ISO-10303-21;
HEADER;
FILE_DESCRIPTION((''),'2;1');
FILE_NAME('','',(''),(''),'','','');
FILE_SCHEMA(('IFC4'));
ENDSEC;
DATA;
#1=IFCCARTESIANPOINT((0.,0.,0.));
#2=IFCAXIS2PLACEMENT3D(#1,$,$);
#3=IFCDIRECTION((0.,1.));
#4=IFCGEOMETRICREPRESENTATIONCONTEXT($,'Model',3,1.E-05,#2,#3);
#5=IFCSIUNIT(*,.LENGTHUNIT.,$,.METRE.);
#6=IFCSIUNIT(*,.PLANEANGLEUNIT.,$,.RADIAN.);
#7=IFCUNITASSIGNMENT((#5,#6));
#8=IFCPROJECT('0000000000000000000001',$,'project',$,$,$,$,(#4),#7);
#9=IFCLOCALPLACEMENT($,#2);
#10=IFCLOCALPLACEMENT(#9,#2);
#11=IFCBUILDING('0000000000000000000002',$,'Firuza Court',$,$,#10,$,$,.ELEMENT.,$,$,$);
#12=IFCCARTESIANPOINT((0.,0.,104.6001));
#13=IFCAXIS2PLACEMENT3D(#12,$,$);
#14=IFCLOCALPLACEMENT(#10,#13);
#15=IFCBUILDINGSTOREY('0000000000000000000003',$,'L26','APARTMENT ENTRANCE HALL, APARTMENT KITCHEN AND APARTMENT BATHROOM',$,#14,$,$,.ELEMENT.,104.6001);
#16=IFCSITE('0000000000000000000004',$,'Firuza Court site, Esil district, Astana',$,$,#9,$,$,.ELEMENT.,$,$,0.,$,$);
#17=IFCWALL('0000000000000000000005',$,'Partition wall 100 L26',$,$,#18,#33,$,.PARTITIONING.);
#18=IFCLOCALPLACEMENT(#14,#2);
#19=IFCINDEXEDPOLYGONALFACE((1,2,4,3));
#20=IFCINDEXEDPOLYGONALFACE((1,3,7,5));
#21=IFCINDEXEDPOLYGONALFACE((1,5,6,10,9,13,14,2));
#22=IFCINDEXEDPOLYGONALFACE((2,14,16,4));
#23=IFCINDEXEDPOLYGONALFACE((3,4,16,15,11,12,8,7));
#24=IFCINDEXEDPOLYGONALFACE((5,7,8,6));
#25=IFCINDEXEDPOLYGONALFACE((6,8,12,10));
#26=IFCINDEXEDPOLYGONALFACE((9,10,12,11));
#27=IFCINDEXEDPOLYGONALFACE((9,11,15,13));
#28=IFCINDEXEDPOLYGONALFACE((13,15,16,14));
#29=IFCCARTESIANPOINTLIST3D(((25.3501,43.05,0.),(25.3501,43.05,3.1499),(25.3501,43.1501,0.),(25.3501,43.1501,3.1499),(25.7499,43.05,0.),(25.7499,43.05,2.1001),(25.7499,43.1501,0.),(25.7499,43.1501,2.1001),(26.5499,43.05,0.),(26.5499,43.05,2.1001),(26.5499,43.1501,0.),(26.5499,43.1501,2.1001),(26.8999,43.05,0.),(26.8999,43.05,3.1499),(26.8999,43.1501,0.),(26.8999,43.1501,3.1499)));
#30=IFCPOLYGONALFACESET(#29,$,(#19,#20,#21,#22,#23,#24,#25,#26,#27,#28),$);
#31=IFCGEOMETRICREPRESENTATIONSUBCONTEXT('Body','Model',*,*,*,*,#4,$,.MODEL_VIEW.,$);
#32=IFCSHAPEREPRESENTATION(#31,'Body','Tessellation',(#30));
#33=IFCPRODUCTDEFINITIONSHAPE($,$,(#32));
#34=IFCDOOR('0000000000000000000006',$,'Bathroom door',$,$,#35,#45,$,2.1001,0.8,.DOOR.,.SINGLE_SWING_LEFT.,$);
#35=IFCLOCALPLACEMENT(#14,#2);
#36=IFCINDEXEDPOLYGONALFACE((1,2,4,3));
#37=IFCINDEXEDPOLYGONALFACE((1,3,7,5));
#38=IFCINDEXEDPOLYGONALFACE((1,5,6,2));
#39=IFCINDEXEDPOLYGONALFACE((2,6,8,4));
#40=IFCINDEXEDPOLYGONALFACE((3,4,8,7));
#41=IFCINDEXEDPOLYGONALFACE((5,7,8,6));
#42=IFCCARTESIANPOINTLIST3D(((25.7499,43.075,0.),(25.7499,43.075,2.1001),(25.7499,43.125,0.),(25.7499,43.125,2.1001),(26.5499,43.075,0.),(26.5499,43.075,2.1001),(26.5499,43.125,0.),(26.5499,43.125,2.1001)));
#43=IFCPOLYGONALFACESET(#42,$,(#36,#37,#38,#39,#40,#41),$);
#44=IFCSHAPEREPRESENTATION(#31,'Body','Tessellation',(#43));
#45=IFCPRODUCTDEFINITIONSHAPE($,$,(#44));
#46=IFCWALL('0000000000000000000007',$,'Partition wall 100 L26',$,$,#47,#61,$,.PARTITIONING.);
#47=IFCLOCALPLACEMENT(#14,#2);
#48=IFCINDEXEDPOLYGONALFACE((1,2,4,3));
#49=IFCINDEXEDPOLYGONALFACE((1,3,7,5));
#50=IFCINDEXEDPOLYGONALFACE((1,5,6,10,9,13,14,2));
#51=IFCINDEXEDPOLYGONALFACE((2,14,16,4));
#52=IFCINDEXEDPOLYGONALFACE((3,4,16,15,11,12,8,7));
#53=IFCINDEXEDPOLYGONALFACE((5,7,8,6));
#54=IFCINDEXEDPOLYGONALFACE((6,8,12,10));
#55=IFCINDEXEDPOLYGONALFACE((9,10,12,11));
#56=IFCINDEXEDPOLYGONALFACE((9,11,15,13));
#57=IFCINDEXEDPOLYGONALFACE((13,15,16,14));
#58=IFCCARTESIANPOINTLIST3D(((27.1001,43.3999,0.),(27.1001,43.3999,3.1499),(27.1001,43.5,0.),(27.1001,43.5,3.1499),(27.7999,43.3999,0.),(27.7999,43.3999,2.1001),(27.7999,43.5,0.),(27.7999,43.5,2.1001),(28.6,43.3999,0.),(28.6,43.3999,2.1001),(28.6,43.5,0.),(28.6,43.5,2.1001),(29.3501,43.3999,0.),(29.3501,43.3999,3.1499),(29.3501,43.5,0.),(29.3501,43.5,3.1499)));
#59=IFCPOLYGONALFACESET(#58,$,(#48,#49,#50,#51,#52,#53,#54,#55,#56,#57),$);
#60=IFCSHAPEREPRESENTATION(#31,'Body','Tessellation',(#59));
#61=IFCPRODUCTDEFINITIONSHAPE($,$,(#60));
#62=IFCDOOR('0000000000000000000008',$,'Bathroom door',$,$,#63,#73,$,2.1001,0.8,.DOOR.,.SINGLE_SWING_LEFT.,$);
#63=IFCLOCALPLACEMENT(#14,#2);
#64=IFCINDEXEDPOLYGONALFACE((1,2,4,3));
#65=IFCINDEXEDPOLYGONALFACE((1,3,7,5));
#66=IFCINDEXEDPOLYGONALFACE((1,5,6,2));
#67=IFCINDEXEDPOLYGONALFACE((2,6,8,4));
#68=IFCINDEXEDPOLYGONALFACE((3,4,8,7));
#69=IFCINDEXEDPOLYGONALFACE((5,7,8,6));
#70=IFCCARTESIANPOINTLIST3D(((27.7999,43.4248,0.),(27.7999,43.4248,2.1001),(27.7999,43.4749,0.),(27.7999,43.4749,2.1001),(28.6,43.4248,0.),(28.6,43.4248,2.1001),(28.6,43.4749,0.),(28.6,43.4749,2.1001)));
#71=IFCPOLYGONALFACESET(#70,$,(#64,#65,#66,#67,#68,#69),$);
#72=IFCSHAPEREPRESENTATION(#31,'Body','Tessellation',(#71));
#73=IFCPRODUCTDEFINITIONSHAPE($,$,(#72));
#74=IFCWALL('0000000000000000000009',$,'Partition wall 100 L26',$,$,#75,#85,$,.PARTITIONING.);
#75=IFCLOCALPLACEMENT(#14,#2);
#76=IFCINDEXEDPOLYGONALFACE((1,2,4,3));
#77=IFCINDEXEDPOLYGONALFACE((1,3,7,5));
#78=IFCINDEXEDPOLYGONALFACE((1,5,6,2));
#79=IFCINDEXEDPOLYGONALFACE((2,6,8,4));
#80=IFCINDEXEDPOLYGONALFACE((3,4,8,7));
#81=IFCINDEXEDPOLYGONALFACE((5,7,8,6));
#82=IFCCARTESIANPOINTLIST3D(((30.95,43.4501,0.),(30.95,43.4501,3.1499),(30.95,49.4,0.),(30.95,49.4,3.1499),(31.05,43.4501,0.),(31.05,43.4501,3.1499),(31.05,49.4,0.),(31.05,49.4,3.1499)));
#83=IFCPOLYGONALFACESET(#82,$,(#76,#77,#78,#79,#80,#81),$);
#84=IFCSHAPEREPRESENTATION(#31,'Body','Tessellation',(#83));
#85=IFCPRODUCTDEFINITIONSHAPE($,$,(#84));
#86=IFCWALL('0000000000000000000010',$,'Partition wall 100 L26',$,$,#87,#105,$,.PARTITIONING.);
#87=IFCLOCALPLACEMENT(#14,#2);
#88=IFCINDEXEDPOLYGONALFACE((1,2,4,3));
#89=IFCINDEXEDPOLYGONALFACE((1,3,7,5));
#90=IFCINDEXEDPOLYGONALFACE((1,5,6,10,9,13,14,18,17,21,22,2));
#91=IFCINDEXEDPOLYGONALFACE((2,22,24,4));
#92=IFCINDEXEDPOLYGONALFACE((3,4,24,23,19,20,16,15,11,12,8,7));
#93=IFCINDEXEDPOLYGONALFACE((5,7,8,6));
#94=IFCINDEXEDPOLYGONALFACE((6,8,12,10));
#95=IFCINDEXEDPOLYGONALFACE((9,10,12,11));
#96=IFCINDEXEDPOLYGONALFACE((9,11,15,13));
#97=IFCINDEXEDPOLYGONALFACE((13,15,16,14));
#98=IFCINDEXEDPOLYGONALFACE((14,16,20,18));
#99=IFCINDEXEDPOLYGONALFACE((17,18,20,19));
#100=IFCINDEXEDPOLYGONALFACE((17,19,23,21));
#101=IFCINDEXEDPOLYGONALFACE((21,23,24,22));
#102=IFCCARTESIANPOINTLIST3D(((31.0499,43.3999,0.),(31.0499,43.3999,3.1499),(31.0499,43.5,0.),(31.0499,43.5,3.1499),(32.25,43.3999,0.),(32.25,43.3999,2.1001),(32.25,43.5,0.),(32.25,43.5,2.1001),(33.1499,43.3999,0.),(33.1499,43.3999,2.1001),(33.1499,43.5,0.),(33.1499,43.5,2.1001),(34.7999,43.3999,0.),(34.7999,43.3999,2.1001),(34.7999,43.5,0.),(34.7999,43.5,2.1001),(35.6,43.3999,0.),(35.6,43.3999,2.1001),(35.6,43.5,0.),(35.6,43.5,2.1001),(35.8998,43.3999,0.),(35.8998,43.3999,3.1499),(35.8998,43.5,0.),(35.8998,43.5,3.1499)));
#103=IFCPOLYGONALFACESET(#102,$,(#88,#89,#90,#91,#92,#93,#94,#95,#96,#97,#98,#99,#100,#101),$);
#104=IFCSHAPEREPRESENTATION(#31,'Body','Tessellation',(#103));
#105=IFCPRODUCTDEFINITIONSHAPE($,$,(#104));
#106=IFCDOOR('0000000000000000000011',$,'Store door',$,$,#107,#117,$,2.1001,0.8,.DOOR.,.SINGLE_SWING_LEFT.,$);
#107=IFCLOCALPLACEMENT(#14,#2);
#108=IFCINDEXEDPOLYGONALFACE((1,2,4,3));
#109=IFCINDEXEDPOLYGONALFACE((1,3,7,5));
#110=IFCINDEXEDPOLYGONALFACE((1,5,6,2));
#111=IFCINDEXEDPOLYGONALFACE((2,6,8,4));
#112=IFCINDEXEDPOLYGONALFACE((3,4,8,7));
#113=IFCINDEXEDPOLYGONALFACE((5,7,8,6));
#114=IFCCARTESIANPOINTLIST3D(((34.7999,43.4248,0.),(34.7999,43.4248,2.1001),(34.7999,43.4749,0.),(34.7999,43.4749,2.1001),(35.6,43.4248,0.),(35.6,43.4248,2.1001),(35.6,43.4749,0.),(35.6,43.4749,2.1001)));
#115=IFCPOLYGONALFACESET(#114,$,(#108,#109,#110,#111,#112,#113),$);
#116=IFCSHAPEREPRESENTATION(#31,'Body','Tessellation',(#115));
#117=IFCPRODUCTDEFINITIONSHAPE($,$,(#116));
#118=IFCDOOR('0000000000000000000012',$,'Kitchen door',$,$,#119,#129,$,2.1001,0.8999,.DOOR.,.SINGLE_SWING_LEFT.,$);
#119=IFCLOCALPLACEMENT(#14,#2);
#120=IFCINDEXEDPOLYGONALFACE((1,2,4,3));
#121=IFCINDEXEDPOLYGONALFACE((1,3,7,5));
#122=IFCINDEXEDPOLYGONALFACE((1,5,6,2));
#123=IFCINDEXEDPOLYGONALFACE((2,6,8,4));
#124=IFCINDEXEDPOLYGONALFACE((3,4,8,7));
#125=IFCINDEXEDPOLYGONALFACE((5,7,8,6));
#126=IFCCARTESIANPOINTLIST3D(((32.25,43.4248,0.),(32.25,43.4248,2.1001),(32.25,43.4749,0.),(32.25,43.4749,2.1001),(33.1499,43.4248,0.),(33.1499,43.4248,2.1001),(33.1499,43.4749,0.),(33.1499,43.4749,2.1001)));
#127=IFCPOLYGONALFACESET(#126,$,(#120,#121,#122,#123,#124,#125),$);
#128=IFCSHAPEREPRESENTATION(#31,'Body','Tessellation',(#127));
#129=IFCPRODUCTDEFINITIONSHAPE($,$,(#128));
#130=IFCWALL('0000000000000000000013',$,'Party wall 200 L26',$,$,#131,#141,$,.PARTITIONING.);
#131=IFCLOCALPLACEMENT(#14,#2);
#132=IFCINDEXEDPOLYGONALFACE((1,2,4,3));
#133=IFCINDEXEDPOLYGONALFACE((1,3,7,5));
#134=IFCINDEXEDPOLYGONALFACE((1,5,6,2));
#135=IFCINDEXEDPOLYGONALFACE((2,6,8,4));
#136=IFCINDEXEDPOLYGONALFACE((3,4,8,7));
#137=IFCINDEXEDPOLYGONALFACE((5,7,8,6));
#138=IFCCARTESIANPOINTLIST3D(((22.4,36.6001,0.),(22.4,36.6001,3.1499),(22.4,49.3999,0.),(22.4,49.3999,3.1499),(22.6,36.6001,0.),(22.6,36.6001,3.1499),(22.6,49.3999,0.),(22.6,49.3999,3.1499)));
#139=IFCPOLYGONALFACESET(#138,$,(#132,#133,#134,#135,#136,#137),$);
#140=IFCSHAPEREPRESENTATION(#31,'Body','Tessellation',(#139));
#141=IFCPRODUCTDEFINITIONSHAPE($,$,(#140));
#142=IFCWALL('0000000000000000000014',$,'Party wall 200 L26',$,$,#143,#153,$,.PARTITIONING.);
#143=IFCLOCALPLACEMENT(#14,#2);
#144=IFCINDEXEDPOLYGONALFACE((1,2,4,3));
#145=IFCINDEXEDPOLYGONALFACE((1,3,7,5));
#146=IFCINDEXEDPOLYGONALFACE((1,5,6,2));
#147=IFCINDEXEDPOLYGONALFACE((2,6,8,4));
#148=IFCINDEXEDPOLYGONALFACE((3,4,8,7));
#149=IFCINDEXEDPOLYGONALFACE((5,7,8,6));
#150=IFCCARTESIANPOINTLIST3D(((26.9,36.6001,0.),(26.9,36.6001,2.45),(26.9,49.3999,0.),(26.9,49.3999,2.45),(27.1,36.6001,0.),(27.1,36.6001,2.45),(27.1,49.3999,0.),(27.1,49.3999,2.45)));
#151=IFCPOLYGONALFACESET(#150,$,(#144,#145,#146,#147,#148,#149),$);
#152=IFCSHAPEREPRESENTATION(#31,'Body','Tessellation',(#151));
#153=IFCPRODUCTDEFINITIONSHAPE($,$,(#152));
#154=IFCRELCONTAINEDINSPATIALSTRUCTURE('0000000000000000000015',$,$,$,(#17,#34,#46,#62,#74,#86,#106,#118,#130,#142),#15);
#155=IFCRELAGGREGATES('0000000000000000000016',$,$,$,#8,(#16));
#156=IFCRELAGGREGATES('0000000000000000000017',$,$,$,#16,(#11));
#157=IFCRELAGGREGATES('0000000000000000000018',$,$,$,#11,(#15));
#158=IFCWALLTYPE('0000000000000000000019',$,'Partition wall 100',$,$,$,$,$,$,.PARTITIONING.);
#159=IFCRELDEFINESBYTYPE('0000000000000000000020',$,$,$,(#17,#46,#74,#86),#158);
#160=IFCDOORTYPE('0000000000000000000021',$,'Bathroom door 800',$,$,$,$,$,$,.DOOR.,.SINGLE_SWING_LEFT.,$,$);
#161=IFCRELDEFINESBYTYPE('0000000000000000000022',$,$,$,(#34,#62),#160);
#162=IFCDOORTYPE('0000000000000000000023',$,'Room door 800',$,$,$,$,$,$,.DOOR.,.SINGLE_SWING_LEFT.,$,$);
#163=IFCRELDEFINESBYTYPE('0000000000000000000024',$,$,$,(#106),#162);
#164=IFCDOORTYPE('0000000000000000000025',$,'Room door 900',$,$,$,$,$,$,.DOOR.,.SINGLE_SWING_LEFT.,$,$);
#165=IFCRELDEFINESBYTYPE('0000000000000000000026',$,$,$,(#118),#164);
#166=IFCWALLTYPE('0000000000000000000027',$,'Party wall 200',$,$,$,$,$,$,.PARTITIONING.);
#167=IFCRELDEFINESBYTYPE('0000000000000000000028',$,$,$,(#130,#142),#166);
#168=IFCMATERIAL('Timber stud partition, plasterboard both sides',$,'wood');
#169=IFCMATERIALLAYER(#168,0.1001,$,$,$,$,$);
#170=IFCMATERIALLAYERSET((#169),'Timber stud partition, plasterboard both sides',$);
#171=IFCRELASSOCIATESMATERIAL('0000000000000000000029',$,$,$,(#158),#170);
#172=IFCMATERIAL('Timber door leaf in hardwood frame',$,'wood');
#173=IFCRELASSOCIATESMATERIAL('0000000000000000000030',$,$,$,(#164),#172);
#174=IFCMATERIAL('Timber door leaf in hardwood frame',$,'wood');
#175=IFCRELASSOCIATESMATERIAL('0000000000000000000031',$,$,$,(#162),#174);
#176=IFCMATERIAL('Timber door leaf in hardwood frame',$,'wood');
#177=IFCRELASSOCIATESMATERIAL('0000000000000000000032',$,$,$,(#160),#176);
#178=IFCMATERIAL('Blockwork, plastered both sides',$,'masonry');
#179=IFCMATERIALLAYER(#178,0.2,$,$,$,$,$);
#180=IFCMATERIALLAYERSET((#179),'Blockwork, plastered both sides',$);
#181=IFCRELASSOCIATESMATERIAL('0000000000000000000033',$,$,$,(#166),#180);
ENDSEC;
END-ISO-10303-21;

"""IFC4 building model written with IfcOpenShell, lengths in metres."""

from ifc_helpers import new_model, si_unit, direction, frame, frame_2d, origin, place, context, subcontext, project, spatial, rectangle, extrude, material, layer, layer_set, type_object, element, fill, save


model = new_model("IFC4")

# Units and contexts
model_context = context("Model", 3, precision=1e-05, world=origin(), true_north=direction((0.0, 1.0)))
body_context = subcontext(model_context, "Body", "Model", "MODEL_VIEW")
ifc_project = project(units=[si_unit("LENGTHUNIT", "METRE"), si_unit("PLANEANGLEUNIT", "RADIAN")], contexts=[model_context])

# Site, building, storey
site_placement = place(None, origin())
site = spatial("IfcSite", under=ifc_project, at=site_placement, Name="Firuza Court site, Esil district, Astana", CompositionType="ELEMENT", RefElevation=0.0)
building_placement = place(site_placement, origin())
building = spatial("IfcBuilding", under=site, at=building_placement, Name="Firuza Court", CompositionType="ELEMENT")
storey_placement = place(building_placement, frame((0.0, 0.0, 104.6001)))
storey = spatial("IfcBuildingStorey", under=building, at=storey_placement, Name="L26", Description="APARTMENT ENTRANCE HALL, APARTMENT KITCHEN AND APARTMENT BATHROOM", CompositionType="ELEMENT", Elevation=104.6001)

# Shared definitions
ifc_material_1 = material(Name="Timber stud partition, plasterboard both sides", Category="wood")
ifc_layer_1 = layer(ifc_material_1, 0.1001)
ifc_layer_set_1 = layer_set([ifc_layer_1], Name="Timber stud partition, plasterboard both sides")
wall_type_1 = type_object("IfcWallType", Name="Partition wall 100", PredefinedType="PARTITIONING", material=ifc_layer_set_1)
ifc_material_2 = material(Name="Timber door leaf in hardwood frame", Category="wood")
door_type_1 = type_object("IfcDoorType", Name="Room door 900", OperationType="SINGLE_SWING_LEFT", PredefinedType="DOOR", material=ifc_material_2)

# Shared definitions
ifc_material_3 = material(Name="Timber door leaf in hardwood frame", Category="wood")
door_type_2 = type_object("IfcDoorType", Name="Room door 800", OperationType="SINGLE_SWING_LEFT", PredefinedType="DOOR", material=ifc_material_3)

# Walls, openings, doors
wall_1_placement = place(storey_placement, frame((25.3501, 43.1001, 0.0), z_axis=(0.0, 0.0, 1.0), x_axis=(1.0, 0.0, 0.0)))
wall_1 = element("IfcWall", 1, at=wall_1_placement, inside=storey, type_object=wall_type_1, Name="Partition wall 100 L26", PredefinedType="PARTITIONING", context=body_context, shape_type="SweptSolid", body=[
    extrude(rectangle(XDim=1.5498, YDim=0.1001, at=frame_2d((0.7749, 0.0))), origin(), (0.0, 0.0, 1.0), 3.1499),
])
opening_1_placement = place(wall_1_placement, frame((0.3999, 0.0, 0.0)))
opening_1 = element("IfcOpeningElement", 2, at=opening_1_placement, cuts=wall_1, PredefinedType="OPENING", context=body_context, shape_type="SweptSolid", body=[
    extrude(rectangle(XDim=0.8, YDim=2.1001, at=frame_2d((0.3999, 1.05))), frame((0.0, 0.062, 0.0), z_axis=(0.0, -1.0, 0.0), x_axis=(1.0, 0.0, 0.0)), (0.0, 0.0, 1.0), 0.124),
])
ifc_material_4 = material(Name="Timber door leaf in hardwood frame", Category="wood")
door_type_3 = type_object("IfcDoorType", Name="Bathroom door 800", OperationType="SINGLE_SWING_LEFT", PredefinedType="DOOR", material=ifc_material_4)
door_1_placement = place(opening_1_placement, origin())
door_1 = element("IfcDoor", 3, at=door_1_placement, inside=storey, type_object=door_type_3, Name="Bathroom door", OperationType="SINGLE_SWING_LEFT", OverallHeight=2.1001, OverallWidth=0.8, PredefinedType="DOOR", context=body_context, shape_type="SweptSolid", body=[
    extrude(rectangle(XDim=0.8, YDim=2.1001, at=frame_2d((0.3999, 1.05))), frame((0.0, 0.0249, 0.0), z_axis=(0.0, -1.0, 0.0), x_axis=(1.0, 0.0, 0.0)), (0.0, 0.0, 1.0), 0.05),
])
fill(opening_1, door_1)
wall_2_placement = place(storey_placement, frame((27.1001, 43.45, 0.0), z_axis=(0.0, 0.0, 1.0), x_axis=(1.0, 0.0, 0.0)))
wall_2 = element("IfcWall", 4, at=wall_2_placement, inside=storey, type_object=wall_type_1, Name="Partition wall 100 L26", PredefinedType="PARTITIONING", context=body_context, shape_type="SweptSolid", body=[
    extrude(rectangle(XDim=2.25, YDim=0.1001, at=frame_2d((1.125, 0.0))), origin(), (0.0, 0.0, 1.0), 3.1499),
])
opening_2_placement = place(wall_2_placement, frame((0.7, 0.0, 0.0)))
opening_2 = element("IfcOpeningElement", 5, at=opening_2_placement, cuts=wall_2, PredefinedType="OPENING", context=body_context, shape_type="SweptSolid", body=[
    extrude(rectangle(XDim=0.8, YDim=2.1001, at=frame_2d((0.3999, 1.05))), frame((0.0, 0.062, 0.0), z_axis=(0.0, -1.0, 0.0), x_axis=(1.0, 0.0, 0.0)), (0.0, 0.0, 1.0), 0.124),
])
door_2_placement = place(opening_2_placement, origin())
door_2 = element("IfcDoor", 6, at=door_2_placement, inside=storey, type_object=door_type_3, Name="Bathroom door", OperationType="SINGLE_SWING_LEFT", OverallHeight=2.1001, OverallWidth=0.8, PredefinedType="DOOR", context=body_context, shape_type="SweptSolid", body=[
    extrude(rectangle(XDim=0.8, YDim=2.1001, at=frame_2d((0.3999, 1.05))), frame((0.0, 0.0249, 0.0), z_axis=(0.0, -1.0, 0.0), x_axis=(1.0, 0.0, 0.0)), (0.0, 0.0, 1.0), 0.05),
])
fill(opening_2, door_2)

# Wall
wall_3_placement = place(storey_placement, frame((31.0, 43.45, 0.0), z_axis=(0.0, 0.0, 1.0), x_axis=(0.0, 1.0, 0.0)))
element("IfcWall", 7, at=wall_3_placement, inside=storey, type_object=wall_type_1, Name="Partition wall 100 L26", PredefinedType="PARTITIONING", context=body_context, shape_type="SweptSolid", body=[
    extrude(rectangle(XDim=5.95, YDim=0.1001, at=frame_2d((2.9751, 0.0))), origin(), (0.0, 0.0, 1.0), 3.1499),
])

# Wall, openings, doors
wall_4_placement = place(storey_placement, frame((31.05, 43.45, 0.0), z_axis=(0.0, 0.0, 1.0), x_axis=(1.0, 0.0, 0.0)))
wall_4 = element("IfcWall", 8, at=wall_4_placement, inside=storey, type_object=wall_type_1, Name="Partition wall 100 L26", PredefinedType="PARTITIONING", context=body_context, shape_type="SweptSolid", body=[
    extrude(rectangle(XDim=4.8499, YDim=0.1001, at=frame_2d((2.4248, 0.0))), origin(), (0.0, 0.0, 1.0), 3.1499),
])
opening_3_placement = place(wall_4_placement, frame((1.2, 0.0, 0.0)))
opening_3 = element("IfcOpeningElement", 9, at=opening_3_placement, cuts=wall_4, PredefinedType="OPENING", context=body_context, shape_type="SweptSolid", body=[
    extrude(rectangle(XDim=0.8999, YDim=2.1001, at=frame_2d((0.45, 1.05))), frame((0.0, 0.062, 0.0), z_axis=(0.0, -1.0, 0.0), x_axis=(1.0, 0.0, 0.0)), (0.0, 0.0, 1.0), 0.124),
])
opening_4_placement = place(wall_4_placement, frame((3.75, 0.0, 0.0)))
opening_4 = element("IfcOpeningElement", 10, at=opening_4_placement, cuts=wall_4, PredefinedType="OPENING", context=body_context, shape_type="SweptSolid", body=[
    extrude(rectangle(XDim=0.8, YDim=2.1001, at=frame_2d((0.3999, 1.05))), frame((0.0, 0.062, 0.0), z_axis=(0.0, -1.0, 0.0), x_axis=(1.0, 0.0, 0.0)), (0.0, 0.0, 1.0), 0.124),
])
door_3_placement = place(opening_4_placement, origin())
door_3 = element("IfcDoor", 11, at=door_3_placement, inside=storey, type_object=door_type_2, Name="Store door", OperationType="SINGLE_SWING_LEFT", OverallHeight=2.1001, OverallWidth=0.8, PredefinedType="DOOR", context=body_context, shape_type="SweptSolid", body=[
    extrude(rectangle(XDim=0.8, YDim=2.1001, at=frame_2d((0.3999, 1.05))), frame((0.0, 0.0249, 0.0), z_axis=(0.0, -1.0, 0.0), x_axis=(1.0, 0.0, 0.0)), (0.0, 0.0, 1.0), 0.05),
])
fill(opening_4, door_3)
door_4_placement = place(opening_3_placement, origin())
door_4 = element("IfcDoor", 12, at=door_4_placement, inside=storey, type_object=door_type_1, Name="Kitchen door", OperationType="SINGLE_SWING_LEFT", OverallHeight=2.1001, OverallWidth=0.8999, PredefinedType="DOOR", context=body_context, shape_type="SweptSolid", body=[
    extrude(rectangle(XDim=0.8999, YDim=2.1001, at=frame_2d((0.45, 1.05))), frame((0.0, 0.0249, 0.0), z_axis=(0.0, -1.0, 0.0), x_axis=(1.0, 0.0, 0.0)), (0.0, 0.0, 1.0), 0.05),
])
fill(opening_3, door_4)

# Walls
ifc_material_5 = material(Name="Blockwork, plastered both sides", Category="masonry")
ifc_layer_2 = layer(ifc_material_5, 0.2)
ifc_layer_set_2 = layer_set([ifc_layer_2], Name="Blockwork, plastered both sides")
wall_type_2 = type_object("IfcWallType", Name="Party wall 200", PredefinedType="PARTITIONING", material=ifc_layer_set_2)
wall_5_placement = place(storey_placement, frame((22.5, 36.6001, 0.0), z_axis=(0.0, 0.0, 1.0), x_axis=(0.0, 1.0, 0.0)))
element("IfcWall", 13, at=wall_5_placement, inside=storey, type_object=wall_type_2, Name="Party wall 200 L26", PredefinedType="PARTITIONING", context=body_context, shape_type="SweptSolid", body=[
    extrude(rectangle(XDim=12.7998, YDim=0.2, at=frame_2d((6.3999, 0.0))), origin(), (0.0, 0.0, 1.0), 3.1499),
])
wall_6_placement = place(storey_placement, frame((27.0, 36.6001, 0.0), z_axis=(0.0, 0.0, 1.0), x_axis=(0.0, 1.0, 0.0)))
element("IfcWall", 14, at=wall_6_placement, inside=storey, type_object=wall_type_2, Name="Party wall 200 L26", PredefinedType="PARTITIONING", context=body_context, shape_type="SweptSolid", body=[
    extrude(rectangle(XDim=12.7998, YDim=0.2, at=frame_2d((6.3999, 0.0))), origin(), (0.0, 0.0, 1.0), 2.45),
])

save(model, "model.ifc")
